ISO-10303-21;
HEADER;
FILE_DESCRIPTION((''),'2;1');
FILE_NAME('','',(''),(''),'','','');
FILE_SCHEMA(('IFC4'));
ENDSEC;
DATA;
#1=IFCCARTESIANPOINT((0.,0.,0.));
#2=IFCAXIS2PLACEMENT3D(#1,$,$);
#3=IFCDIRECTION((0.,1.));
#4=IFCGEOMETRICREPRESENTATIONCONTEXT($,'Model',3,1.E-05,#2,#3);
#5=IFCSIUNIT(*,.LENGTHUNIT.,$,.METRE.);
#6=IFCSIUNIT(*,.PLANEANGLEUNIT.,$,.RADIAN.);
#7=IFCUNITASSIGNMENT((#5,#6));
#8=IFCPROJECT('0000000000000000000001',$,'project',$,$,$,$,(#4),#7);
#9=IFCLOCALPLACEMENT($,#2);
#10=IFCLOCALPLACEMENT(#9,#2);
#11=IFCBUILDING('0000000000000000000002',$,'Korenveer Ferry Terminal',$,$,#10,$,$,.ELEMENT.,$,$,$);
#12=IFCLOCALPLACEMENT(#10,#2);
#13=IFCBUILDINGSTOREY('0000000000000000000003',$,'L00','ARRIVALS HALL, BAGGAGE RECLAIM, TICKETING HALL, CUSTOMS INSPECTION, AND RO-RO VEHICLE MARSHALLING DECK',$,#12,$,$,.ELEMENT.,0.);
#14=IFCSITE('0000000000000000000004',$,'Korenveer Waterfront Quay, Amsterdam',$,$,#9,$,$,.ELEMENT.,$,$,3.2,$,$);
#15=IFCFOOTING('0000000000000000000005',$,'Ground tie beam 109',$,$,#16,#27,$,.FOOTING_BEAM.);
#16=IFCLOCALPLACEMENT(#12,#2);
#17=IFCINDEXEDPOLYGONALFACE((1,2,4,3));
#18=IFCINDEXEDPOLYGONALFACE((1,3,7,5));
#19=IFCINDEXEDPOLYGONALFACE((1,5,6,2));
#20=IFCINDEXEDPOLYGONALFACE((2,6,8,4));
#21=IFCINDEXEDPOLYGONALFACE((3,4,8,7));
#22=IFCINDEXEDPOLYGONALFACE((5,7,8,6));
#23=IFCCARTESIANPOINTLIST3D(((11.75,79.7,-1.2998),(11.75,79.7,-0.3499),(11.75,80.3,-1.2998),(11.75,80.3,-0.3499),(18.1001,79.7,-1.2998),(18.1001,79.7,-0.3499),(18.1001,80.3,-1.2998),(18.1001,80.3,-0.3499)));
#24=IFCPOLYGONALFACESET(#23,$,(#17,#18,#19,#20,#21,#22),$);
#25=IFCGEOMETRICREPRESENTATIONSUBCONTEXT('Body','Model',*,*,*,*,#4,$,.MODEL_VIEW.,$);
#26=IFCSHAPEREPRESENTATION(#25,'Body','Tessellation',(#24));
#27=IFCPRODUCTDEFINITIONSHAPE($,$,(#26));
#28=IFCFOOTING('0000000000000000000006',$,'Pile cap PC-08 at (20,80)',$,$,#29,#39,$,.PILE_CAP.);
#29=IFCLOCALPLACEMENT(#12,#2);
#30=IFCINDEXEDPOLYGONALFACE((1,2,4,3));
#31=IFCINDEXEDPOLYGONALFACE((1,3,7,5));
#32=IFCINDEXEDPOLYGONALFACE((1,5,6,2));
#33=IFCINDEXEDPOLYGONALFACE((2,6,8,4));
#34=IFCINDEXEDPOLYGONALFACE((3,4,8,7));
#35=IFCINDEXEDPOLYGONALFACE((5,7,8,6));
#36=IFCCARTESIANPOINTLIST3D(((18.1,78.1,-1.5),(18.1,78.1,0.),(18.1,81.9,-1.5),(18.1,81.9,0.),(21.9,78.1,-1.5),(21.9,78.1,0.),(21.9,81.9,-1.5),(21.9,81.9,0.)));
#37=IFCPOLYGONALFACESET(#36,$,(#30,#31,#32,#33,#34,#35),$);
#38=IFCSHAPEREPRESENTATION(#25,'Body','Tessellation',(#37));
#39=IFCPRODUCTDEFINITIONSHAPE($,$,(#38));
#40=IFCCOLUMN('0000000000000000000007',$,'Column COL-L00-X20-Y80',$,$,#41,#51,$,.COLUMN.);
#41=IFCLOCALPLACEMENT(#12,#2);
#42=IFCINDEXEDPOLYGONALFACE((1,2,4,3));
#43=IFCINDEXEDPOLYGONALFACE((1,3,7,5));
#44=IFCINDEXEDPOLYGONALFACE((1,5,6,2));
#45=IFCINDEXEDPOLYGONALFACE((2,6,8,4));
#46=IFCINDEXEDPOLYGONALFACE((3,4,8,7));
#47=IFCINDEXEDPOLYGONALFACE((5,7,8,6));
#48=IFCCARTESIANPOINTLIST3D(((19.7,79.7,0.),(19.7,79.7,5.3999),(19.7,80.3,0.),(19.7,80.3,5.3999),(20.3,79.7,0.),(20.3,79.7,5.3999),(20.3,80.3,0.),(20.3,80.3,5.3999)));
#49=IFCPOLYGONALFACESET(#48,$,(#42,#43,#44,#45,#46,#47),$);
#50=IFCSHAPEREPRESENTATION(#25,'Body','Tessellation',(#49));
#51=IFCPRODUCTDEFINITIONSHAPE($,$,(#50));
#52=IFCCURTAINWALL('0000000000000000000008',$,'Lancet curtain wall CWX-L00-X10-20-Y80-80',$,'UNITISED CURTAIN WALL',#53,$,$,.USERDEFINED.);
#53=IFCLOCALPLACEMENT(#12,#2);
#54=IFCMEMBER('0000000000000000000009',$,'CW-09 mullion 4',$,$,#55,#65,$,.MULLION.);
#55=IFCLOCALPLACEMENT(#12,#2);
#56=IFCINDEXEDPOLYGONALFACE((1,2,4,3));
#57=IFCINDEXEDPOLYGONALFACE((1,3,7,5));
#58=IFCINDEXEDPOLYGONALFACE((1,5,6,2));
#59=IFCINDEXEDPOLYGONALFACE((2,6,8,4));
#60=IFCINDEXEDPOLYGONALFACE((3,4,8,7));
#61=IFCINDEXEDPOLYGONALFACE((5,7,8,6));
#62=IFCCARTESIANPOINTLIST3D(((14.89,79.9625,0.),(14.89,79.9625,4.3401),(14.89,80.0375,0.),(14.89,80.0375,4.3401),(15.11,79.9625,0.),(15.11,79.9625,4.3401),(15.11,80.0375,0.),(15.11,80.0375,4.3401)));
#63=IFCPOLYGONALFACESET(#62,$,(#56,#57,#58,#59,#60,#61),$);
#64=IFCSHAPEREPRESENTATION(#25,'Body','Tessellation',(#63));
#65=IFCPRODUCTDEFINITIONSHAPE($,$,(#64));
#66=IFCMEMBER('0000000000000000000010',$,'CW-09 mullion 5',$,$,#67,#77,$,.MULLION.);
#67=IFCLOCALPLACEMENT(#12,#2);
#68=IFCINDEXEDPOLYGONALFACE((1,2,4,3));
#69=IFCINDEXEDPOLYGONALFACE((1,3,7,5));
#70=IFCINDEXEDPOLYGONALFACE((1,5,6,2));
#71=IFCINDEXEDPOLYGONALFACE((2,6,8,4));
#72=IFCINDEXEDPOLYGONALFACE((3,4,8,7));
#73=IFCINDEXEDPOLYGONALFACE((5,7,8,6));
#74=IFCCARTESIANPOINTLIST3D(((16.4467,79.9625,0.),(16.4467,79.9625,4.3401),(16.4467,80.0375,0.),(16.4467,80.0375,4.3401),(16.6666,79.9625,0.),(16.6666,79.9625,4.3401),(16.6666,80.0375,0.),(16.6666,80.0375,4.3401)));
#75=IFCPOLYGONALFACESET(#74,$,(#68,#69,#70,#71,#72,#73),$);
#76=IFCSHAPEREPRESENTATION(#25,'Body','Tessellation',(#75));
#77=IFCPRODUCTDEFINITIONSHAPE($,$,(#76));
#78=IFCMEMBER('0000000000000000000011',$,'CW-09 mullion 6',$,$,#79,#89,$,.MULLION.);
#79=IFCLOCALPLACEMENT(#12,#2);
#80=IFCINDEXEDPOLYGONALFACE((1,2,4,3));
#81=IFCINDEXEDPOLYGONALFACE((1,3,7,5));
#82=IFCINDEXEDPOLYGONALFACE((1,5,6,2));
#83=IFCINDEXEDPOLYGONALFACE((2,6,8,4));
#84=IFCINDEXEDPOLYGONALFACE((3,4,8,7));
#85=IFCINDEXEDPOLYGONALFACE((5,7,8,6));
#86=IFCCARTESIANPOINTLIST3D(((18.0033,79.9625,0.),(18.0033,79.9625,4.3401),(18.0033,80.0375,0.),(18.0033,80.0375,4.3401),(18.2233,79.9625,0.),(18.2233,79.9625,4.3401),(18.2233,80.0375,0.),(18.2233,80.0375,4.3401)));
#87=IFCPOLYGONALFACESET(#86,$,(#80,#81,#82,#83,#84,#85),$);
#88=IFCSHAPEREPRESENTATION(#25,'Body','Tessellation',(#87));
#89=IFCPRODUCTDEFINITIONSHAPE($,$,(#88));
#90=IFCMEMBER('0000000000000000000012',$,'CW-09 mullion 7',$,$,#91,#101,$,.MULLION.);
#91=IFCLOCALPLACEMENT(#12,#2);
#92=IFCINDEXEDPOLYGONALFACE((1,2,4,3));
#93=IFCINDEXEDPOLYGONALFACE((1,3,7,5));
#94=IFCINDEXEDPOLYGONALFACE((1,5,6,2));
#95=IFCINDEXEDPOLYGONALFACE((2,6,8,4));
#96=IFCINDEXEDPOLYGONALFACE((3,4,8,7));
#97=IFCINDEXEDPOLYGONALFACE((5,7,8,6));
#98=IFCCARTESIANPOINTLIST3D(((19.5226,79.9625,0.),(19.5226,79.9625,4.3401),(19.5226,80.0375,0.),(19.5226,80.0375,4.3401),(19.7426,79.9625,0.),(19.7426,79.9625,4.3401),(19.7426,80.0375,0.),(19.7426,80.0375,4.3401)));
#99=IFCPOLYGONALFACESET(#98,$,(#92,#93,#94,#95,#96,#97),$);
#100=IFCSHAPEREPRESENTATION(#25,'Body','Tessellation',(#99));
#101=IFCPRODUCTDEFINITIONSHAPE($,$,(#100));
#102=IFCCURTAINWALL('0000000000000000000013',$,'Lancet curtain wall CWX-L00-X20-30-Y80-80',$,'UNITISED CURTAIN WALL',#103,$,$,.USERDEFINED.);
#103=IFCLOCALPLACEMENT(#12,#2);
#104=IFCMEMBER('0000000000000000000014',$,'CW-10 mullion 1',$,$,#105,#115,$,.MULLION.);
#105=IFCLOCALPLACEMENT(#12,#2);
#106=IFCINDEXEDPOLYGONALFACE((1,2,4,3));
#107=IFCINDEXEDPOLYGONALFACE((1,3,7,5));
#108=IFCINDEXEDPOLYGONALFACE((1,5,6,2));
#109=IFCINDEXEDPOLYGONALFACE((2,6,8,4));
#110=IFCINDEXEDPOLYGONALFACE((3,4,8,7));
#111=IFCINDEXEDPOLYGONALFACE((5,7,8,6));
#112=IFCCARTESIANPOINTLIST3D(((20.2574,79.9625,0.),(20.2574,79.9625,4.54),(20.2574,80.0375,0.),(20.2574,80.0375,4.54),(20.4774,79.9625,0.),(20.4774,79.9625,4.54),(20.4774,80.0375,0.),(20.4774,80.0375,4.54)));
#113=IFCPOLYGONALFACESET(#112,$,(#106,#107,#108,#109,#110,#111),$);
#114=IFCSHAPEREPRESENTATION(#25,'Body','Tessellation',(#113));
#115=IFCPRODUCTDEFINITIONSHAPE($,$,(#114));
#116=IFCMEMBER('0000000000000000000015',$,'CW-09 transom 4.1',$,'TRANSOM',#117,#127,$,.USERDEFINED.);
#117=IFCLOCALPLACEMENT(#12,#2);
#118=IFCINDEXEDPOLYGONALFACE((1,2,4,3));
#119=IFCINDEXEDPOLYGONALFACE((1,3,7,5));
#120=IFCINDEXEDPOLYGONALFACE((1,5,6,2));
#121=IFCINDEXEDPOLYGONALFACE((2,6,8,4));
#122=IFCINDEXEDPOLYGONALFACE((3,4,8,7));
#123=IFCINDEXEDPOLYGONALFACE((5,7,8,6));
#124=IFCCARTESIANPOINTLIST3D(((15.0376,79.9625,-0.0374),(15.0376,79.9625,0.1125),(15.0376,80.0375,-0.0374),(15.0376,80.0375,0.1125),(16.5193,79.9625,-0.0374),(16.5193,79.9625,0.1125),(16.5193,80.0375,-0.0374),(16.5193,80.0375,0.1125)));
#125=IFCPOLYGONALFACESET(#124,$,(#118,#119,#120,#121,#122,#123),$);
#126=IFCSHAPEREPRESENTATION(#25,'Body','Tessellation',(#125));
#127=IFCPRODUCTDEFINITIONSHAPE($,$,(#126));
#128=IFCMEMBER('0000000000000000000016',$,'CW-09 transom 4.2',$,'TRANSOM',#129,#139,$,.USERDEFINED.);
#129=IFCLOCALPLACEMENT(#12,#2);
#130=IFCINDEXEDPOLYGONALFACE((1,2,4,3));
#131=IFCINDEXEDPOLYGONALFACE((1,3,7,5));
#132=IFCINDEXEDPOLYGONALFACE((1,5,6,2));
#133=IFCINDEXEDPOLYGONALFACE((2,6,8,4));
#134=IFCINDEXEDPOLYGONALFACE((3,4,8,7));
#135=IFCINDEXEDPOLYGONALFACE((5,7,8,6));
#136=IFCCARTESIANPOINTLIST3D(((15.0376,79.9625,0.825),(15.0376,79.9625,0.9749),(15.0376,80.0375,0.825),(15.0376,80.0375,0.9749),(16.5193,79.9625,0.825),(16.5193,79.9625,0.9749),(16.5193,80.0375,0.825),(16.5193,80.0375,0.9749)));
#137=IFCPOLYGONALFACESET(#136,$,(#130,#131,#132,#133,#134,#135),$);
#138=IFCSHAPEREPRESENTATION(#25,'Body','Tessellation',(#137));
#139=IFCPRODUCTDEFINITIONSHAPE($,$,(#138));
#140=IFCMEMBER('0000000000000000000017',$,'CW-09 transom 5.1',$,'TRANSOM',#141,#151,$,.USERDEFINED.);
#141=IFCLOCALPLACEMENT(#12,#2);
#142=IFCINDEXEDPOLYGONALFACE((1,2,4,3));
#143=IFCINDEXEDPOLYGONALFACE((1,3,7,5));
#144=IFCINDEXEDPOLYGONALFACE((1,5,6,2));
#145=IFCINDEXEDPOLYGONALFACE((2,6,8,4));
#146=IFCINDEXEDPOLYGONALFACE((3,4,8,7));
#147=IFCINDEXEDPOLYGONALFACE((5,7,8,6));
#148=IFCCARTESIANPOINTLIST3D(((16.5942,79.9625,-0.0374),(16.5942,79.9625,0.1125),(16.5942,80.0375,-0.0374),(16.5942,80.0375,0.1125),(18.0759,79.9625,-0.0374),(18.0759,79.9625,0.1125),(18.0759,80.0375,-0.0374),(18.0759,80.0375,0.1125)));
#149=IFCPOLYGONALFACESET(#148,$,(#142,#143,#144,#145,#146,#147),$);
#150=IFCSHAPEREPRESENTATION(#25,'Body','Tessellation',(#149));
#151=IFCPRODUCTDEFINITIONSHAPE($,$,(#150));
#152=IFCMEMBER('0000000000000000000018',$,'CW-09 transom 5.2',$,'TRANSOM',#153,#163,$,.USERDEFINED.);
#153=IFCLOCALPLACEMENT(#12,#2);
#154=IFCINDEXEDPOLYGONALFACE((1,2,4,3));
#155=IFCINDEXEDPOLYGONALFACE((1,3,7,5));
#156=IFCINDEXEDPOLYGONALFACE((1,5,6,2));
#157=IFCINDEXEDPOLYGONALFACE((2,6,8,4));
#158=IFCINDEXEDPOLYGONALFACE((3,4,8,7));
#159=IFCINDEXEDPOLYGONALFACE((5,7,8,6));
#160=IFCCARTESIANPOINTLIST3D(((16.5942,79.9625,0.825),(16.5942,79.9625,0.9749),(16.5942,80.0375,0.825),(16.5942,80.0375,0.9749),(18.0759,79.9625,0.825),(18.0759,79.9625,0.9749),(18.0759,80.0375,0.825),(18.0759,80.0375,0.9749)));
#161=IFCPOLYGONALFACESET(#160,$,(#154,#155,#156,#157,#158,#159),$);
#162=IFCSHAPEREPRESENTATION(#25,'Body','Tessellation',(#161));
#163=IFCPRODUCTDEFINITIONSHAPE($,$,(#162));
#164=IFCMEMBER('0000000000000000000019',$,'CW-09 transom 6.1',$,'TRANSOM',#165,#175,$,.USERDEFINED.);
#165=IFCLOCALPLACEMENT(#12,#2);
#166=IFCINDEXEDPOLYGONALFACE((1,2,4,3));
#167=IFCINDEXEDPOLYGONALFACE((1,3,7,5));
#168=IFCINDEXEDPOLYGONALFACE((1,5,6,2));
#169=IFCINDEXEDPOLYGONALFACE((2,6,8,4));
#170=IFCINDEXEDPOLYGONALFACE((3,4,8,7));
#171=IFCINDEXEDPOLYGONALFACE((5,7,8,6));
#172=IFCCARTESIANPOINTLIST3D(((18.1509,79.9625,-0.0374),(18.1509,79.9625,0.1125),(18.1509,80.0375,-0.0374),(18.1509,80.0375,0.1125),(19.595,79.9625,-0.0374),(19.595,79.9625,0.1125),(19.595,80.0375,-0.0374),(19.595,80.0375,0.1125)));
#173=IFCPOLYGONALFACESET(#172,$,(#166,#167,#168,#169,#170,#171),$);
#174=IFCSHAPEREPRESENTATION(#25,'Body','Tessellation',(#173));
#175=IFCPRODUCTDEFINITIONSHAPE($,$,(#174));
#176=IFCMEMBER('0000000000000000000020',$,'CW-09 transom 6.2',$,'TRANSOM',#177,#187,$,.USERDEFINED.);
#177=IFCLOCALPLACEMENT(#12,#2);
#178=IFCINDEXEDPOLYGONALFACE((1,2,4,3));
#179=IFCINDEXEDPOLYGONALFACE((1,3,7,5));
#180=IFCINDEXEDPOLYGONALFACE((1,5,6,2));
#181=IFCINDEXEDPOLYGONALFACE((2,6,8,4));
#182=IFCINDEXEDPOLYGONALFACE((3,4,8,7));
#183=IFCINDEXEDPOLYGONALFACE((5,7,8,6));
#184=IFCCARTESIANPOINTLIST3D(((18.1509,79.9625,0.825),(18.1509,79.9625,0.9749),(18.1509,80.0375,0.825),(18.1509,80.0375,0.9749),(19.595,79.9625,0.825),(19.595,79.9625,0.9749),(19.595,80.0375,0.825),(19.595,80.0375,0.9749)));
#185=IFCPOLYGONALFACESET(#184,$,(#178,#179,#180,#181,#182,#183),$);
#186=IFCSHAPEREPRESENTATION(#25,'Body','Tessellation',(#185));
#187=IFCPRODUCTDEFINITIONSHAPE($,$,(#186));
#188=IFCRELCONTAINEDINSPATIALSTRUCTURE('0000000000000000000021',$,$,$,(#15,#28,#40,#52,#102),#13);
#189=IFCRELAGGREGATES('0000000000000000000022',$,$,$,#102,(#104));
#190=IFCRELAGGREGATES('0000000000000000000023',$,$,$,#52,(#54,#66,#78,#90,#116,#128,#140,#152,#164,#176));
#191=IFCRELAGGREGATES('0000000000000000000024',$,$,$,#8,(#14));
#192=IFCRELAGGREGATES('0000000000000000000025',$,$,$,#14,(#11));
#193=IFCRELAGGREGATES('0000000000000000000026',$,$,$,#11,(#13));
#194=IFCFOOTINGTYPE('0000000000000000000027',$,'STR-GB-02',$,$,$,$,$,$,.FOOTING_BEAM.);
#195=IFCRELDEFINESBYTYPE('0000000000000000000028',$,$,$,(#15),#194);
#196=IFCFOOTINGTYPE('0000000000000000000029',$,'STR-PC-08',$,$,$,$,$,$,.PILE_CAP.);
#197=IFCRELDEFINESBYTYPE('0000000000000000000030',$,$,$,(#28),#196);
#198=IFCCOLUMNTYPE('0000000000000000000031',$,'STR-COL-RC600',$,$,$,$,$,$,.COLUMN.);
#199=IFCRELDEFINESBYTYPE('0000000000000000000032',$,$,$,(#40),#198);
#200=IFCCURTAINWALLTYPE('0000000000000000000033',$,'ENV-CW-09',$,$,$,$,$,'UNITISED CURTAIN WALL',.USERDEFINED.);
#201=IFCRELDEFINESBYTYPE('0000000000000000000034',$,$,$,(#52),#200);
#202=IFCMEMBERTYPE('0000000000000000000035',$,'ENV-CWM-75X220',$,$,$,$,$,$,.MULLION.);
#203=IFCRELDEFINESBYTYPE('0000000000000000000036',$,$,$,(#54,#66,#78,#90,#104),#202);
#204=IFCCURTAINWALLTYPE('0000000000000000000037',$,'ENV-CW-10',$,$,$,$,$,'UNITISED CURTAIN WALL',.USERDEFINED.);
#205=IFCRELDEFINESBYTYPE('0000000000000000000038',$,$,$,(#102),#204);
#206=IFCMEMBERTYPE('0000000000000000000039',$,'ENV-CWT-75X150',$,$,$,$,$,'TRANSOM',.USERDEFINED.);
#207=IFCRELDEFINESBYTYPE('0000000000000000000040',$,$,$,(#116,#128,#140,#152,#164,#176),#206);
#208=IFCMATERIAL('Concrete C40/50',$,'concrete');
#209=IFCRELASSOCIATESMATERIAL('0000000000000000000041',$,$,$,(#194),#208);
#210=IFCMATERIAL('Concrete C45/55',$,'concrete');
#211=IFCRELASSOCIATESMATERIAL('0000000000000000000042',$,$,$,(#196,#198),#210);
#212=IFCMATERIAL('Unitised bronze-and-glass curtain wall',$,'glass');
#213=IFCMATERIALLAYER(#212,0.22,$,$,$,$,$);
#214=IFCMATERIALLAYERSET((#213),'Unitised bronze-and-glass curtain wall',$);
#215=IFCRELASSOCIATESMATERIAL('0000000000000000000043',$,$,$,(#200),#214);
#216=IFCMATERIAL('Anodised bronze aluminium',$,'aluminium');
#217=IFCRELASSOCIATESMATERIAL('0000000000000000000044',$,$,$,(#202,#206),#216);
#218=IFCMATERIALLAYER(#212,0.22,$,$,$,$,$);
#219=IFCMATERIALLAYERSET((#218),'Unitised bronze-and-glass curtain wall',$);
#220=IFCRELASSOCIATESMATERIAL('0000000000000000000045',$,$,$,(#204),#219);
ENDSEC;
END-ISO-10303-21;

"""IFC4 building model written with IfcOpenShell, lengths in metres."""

from ifc_helpers import new_model, si_unit, direction, frame, origin, origin_2d, place, context, subcontext, project, spatial, rectangle, extrude, material, layer, layer_set, material_profile, profile_set, type_object, element, aggregate, save


model = new_model("IFC4")

# Units and contexts
model_context = context("Model", 3, precision=1e-05, world=origin(), true_north=direction((0.0, 1.0)))
body_context = subcontext(model_context, "Body", "Model", "MODEL_VIEW")
ifc_project = project(units=[si_unit("LENGTHUNIT", "METRE"), si_unit("PLANEANGLEUNIT", "RADIAN")], contexts=[model_context])

# Site, building, storey
site_placement = place(None, origin())
site = spatial("IfcSite", under=ifc_project, at=site_placement, Name="Korenveer Waterfront Quay, Amsterdam", CompositionType="ELEMENT", RefElevation=3.2)
building_placement = place(site_placement, origin())
building = spatial("IfcBuilding", under=site, at=building_placement, Name="Korenveer Ferry Terminal", CompositionType="ELEMENT")
storey_placement = place(building_placement, origin())
storey = spatial("IfcBuildingStorey", under=building, at=storey_placement, Name="L00", Description="ARRIVALS HALL, BAGGAGE RECLAIM, TICKETING HALL, CUSTOMS INSPECTION, AND RO-RO VEHICLE MARSHALLING DECK", CompositionType="ELEMENT", Elevation=0.0)

# Footings
ifc_material_1 = material(Name="Concrete C40/50", Category="concrete")
footing_type_1 = type_object("IfcFootingType", Name="STR-GB-02", PredefinedType="FOOTING_BEAM", material=ifc_material_1)
footing_1_placement = place(storey_placement, frame((14.925, 80.0, -1.2998), z_axis=(0.0, 0.0, 1.0), x_axis=(1.0, 0.0, 0.0)))
element("IfcFooting", 1, at=footing_1_placement, inside=storey, type_object=footing_type_1, Name="Ground tie beam 109", PredefinedType="FOOTING_BEAM", context=body_context, shape_type="SweptSolid", body=[
    extrude(rectangle(XDim=6.3501, YDim=0.6001, at=origin_2d()), origin(), (0.0, 0.0, 1.0), 0.95),
])
ifc_material_2 = material(Name="Concrete C45/55", Category="concrete")
footing_type_2 = type_object("IfcFootingType", Name="STR-PC-08", PredefinedType="PILE_CAP", material=ifc_material_2)
footing_2_placement = place(storey_placement, frame((20.0, 80.0, -1.5), z_axis=(0.0, 0.0, 1.0), x_axis=(1.0, 0.0, 0.0)))
element("IfcFooting", 2, at=footing_2_placement, inside=storey, type_object=footing_type_2, Name="Pile cap PC-08 at (20,80)", PredefinedType="PILE_CAP", context=body_context, shape_type="SweptSolid", body=[
    extrude(rectangle(XDim=3.8, YDim=3.8, at=origin_2d()), origin(), (0.0, 0.0, 1.0), 1.5),
])

# Column
ifc_material_profile_1 = material_profile(ifc_material_2, rectangle(XDim=0.6001, YDim=0.6001, at=origin_2d()), Name="RC 600x600")
ifc_profile_set_1 = profile_set([ifc_material_profile_1], Name="Concrete C45/55")
column_type = type_object("IfcColumnType", Name="STR-COL-RC600", PredefinedType="COLUMN", material=ifc_profile_set_1)
column_placement = place(storey_placement, frame((20.0, 80.0, 0.0), z_axis=(0.0, 0.0, 1.0), x_axis=(1.0, 0.0, 0.0)))
element("IfcColumn", 3, at=column_placement, inside=storey, type_object=column_type, Name="Column COL-L00-X20-Y80", PredefinedType="COLUMN", context=body_context, shape_type="SweptSolid", body=[
    extrude(rectangle(XDim=0.6001, YDim=0.6001, at=origin_2d()), origin(), (0.0, 0.0, 1.0), 5.3999),
])

# Curtain wall, members
ifc_material_3 = material(Name="Unitised bronze-and-glass curtain wall", Category="glass")
ifc_layer_1 = layer(ifc_material_3, 0.22)
ifc_layer_set_1 = layer_set([ifc_layer_1], Name="Unitised bronze-and-glass curtain wall")
curtain_wall_type_1 = type_object("IfcCurtainWallType", Name="ENV-CW-09", ElementType="UNITISED CURTAIN WALL", PredefinedType="USERDEFINED", material=ifc_layer_set_1)
curtain_wall_1_placement = place(storey_placement, frame((10.3301, 80.0, 0.0)))
curtain_wall_1 = element("IfcCurtainWall", 4, at=curtain_wall_1_placement, inside=storey, type_object=curtain_wall_type_1, Name="Lancet curtain wall CWX-L00-X10-20-Y80-80", ObjectType="UNITISED CURTAIN WALL", PredefinedType="USERDEFINED")
ifc_material_4 = material(Name="Anodised bronze aluminium", Category="aluminium")
ifc_material_profile_2 = material_profile(ifc_material_4, rectangle(XDim=0.075, YDim=0.22, at=origin_2d()), Name="ALU 75x220")
ifc_profile_set_2 = profile_set([ifc_material_profile_2], Name="Anodised bronze aluminium")
member_type_1 = type_object("IfcMemberType", Name="ENV-CWM-75X220", PredefinedType="MULLION", material=ifc_profile_set_2)
member_1_placement = place(storey_placement, frame((15.0, 80.0, 0.0), z_axis=(0.0, 0.0, 1.0), x_axis=(0.0, 1.0, 0.0)))
member_1 = element("IfcMember", 5, at=member_1_placement, type_object=member_type_1, Name="CW-09 mullion 4", PredefinedType="MULLION", context=body_context, shape_type="SweptSolid", body=[
    extrude(rectangle(XDim=0.075, YDim=0.22, at=origin_2d()), origin(), (0.0, 0.0, 1.0), 4.3401),
])
member_2_placement = place(storey_placement, frame((16.5566, 80.0, 0.0), z_axis=(0.0, 0.0, 1.0), x_axis=(0.0, 1.0, 0.0)))
member_2 = element("IfcMember", 6, at=member_2_placement, type_object=member_type_1, Name="CW-09 mullion 5", PredefinedType="MULLION", context=body_context, shape_type="SweptSolid", body=[
    extrude(rectangle(XDim=0.075, YDim=0.22, at=origin_2d()), origin(), (0.0, 0.0, 1.0), 4.3401),
])
member_3_placement = place(storey_placement, frame((18.1133, 80.0, 0.0), z_axis=(0.0, 0.0, 1.0), x_axis=(0.0, 1.0, 0.0)))
member_3 = element("IfcMember", 7, at=member_3_placement, type_object=member_type_1, Name="CW-09 mullion 6", PredefinedType="MULLION", context=body_context, shape_type="SweptSolid", body=[
    extrude(rectangle(XDim=0.075, YDim=0.22, at=origin_2d()), origin(), (0.0, 0.0, 1.0), 4.3401),
])
member_4_placement = place(storey_placement, frame((19.6326, 80.0, 0.0), z_axis=(0.0, 0.0, 1.0), x_axis=(0.0, 1.0, 0.0)))
member_4 = element("IfcMember", 8, at=member_4_placement, type_object=member_type_1, Name="CW-09 mullion 7", PredefinedType="MULLION", context=body_context, shape_type="SweptSolid", body=[
    extrude(rectangle(XDim=0.075, YDim=0.22, at=origin_2d()), origin(), (0.0, 0.0, 1.0), 4.3401),
])

# Curtain wall, member
ifc_layer_2 = layer(ifc_material_3, 0.22)
ifc_layer_set_2 = layer_set([ifc_layer_2], Name="Unitised bronze-and-glass curtain wall")
curtain_wall_type_2 = type_object("IfcCurtainWallType", Name="ENV-CW-10", ElementType="UNITISED CURTAIN WALL", PredefinedType="USERDEFINED", material=ifc_layer_set_2)
curtain_wall_2_placement = place(storey_placement, frame((20.3301, 80.0, 0.0)))
curtain_wall_2 = element("IfcCurtainWall", 9, at=curtain_wall_2_placement, inside=storey, type_object=curtain_wall_type_2, Name="Lancet curtain wall CWX-L00-X20-30-Y80-80", ObjectType="UNITISED CURTAIN WALL", PredefinedType="USERDEFINED")
member_5_placement = place(storey_placement, frame((20.3674, 80.0, 0.0), z_axis=(0.0, 0.0, 1.0), x_axis=(0.0, 1.0, 0.0)))
member_5 = element("IfcMember", 10, at=member_5_placement, type_object=member_type_1, Name="CW-10 mullion 1", PredefinedType="MULLION", context=body_context, shape_type="SweptSolid", body=[
    extrude(rectangle(XDim=0.075, YDim=0.22, at=origin_2d()), origin(), (0.0, 0.0, 1.0), 4.54),
])

# Members
ifc_material_profile_3 = material_profile(ifc_material_4, rectangle(XDim=0.075, YDim=0.1499, at=origin_2d()), Name="ALU 75x150")
ifc_profile_set_3 = profile_set([ifc_material_profile_3], Name="Anodised bronze aluminium")
member_type_2 = type_object("IfcMemberType", Name="ENV-CWT-75X150", ElementType="TRANSOM", PredefinedType="USERDEFINED", material=ifc_profile_set_3)
member_6_placement = place(storey_placement, frame((15.0376, 80.0, 0.0376), z_axis=(1.0, 0.0, 0.0), x_axis=(0.0, 1.0, 0.0)))
member_6 = element("IfcMember", 11, at=member_6_placement, type_object=member_type_2, Name="CW-09 transom 4.1", ObjectType="TRANSOM", PredefinedType="USERDEFINED", context=body_context, shape_type="SweptSolid", body=[
    extrude(rectangle(XDim=0.075, YDim=0.1499, at=origin_2d()), origin(), (0.0, 0.0, 1.0), 1.4817),
])
member_7_placement = place(storey_placement, frame((15.0376, 80.0, 0.8999), z_axis=(1.0, 0.0, 0.0), x_axis=(0.0, 1.0, 0.0)))
member_7 = element("IfcMember", 12, at=member_7_placement, type_object=member_type_2, Name="CW-09 transom 4.2", ObjectType="TRANSOM", PredefinedType="USERDEFINED", context=body_context, shape_type="SweptSolid", body=[
    extrude(rectangle(XDim=0.075, YDim=0.1499, at=origin_2d()), origin(), (0.0, 0.0, 1.0), 1.4817),
])
member_8_placement = place(storey_placement, frame((16.5942, 80.0, 0.0376), z_axis=(1.0, 0.0, 0.0), x_axis=(0.0, 1.0, 0.0)))
member_8 = element("IfcMember", 13, at=member_8_placement, type_object=member_type_2, Name="CW-09 transom 5.1", ObjectType="TRANSOM", PredefinedType="USERDEFINED", context=body_context, shape_type="SweptSolid", body=[
    extrude(rectangle(XDim=0.075, YDim=0.1499, at=origin_2d()), origin(), (0.0, 0.0, 1.0), 1.4817),
])
member_9_placement = place(storey_placement, frame((16.5942, 80.0, 0.8999), z_axis=(1.0, 0.0, 0.0), x_axis=(0.0, 1.0, 0.0)))
member_9 = element("IfcMember", 14, at=member_9_placement, type_object=member_type_2, Name="CW-09 transom 5.2", ObjectType="TRANSOM", PredefinedType="USERDEFINED", context=body_context, shape_type="SweptSolid", body=[
    extrude(rectangle(XDim=0.075, YDim=0.1499, at=origin_2d()), origin(), (0.0, 0.0, 1.0), 1.4817),
])
member_10_placement = place(storey_placement, frame((18.1509, 80.0, 0.0376), z_axis=(1.0, 0.0, 0.0), x_axis=(0.0, 1.0, 0.0)))
member_10 = element("IfcMember", 15, at=member_10_placement, type_object=member_type_2, Name="CW-09 transom 6.1", ObjectType="TRANSOM", PredefinedType="USERDEFINED", context=body_context, shape_type="SweptSolid", body=[
    extrude(rectangle(XDim=0.075, YDim=0.1499, at=origin_2d()), origin(), (0.0, 0.0, 1.0), 1.4441),
])
member_11_placement = place(storey_placement, frame((18.1509, 80.0, 0.8999), z_axis=(1.0, 0.0, 0.0), x_axis=(0.0, 1.0, 0.0)))
member_11 = element("IfcMember", 16, at=member_11_placement, type_object=member_type_2, Name="CW-09 transom 6.2", ObjectType="TRANSOM", PredefinedType="USERDEFINED", context=body_context, shape_type="SweptSolid", body=[
    extrude(rectangle(XDim=0.075, YDim=0.1499, at=origin_2d()), origin(), (0.0, 0.0, 1.0), 1.4441),
])
aggregate(curtain_wall_2, [member_5])

aggregate(curtain_wall_1, [member_1, member_2, member_3, member_4, member_6, member_7, member_8, member_9, member_10, member_11])

save(model, "model.ifc")
